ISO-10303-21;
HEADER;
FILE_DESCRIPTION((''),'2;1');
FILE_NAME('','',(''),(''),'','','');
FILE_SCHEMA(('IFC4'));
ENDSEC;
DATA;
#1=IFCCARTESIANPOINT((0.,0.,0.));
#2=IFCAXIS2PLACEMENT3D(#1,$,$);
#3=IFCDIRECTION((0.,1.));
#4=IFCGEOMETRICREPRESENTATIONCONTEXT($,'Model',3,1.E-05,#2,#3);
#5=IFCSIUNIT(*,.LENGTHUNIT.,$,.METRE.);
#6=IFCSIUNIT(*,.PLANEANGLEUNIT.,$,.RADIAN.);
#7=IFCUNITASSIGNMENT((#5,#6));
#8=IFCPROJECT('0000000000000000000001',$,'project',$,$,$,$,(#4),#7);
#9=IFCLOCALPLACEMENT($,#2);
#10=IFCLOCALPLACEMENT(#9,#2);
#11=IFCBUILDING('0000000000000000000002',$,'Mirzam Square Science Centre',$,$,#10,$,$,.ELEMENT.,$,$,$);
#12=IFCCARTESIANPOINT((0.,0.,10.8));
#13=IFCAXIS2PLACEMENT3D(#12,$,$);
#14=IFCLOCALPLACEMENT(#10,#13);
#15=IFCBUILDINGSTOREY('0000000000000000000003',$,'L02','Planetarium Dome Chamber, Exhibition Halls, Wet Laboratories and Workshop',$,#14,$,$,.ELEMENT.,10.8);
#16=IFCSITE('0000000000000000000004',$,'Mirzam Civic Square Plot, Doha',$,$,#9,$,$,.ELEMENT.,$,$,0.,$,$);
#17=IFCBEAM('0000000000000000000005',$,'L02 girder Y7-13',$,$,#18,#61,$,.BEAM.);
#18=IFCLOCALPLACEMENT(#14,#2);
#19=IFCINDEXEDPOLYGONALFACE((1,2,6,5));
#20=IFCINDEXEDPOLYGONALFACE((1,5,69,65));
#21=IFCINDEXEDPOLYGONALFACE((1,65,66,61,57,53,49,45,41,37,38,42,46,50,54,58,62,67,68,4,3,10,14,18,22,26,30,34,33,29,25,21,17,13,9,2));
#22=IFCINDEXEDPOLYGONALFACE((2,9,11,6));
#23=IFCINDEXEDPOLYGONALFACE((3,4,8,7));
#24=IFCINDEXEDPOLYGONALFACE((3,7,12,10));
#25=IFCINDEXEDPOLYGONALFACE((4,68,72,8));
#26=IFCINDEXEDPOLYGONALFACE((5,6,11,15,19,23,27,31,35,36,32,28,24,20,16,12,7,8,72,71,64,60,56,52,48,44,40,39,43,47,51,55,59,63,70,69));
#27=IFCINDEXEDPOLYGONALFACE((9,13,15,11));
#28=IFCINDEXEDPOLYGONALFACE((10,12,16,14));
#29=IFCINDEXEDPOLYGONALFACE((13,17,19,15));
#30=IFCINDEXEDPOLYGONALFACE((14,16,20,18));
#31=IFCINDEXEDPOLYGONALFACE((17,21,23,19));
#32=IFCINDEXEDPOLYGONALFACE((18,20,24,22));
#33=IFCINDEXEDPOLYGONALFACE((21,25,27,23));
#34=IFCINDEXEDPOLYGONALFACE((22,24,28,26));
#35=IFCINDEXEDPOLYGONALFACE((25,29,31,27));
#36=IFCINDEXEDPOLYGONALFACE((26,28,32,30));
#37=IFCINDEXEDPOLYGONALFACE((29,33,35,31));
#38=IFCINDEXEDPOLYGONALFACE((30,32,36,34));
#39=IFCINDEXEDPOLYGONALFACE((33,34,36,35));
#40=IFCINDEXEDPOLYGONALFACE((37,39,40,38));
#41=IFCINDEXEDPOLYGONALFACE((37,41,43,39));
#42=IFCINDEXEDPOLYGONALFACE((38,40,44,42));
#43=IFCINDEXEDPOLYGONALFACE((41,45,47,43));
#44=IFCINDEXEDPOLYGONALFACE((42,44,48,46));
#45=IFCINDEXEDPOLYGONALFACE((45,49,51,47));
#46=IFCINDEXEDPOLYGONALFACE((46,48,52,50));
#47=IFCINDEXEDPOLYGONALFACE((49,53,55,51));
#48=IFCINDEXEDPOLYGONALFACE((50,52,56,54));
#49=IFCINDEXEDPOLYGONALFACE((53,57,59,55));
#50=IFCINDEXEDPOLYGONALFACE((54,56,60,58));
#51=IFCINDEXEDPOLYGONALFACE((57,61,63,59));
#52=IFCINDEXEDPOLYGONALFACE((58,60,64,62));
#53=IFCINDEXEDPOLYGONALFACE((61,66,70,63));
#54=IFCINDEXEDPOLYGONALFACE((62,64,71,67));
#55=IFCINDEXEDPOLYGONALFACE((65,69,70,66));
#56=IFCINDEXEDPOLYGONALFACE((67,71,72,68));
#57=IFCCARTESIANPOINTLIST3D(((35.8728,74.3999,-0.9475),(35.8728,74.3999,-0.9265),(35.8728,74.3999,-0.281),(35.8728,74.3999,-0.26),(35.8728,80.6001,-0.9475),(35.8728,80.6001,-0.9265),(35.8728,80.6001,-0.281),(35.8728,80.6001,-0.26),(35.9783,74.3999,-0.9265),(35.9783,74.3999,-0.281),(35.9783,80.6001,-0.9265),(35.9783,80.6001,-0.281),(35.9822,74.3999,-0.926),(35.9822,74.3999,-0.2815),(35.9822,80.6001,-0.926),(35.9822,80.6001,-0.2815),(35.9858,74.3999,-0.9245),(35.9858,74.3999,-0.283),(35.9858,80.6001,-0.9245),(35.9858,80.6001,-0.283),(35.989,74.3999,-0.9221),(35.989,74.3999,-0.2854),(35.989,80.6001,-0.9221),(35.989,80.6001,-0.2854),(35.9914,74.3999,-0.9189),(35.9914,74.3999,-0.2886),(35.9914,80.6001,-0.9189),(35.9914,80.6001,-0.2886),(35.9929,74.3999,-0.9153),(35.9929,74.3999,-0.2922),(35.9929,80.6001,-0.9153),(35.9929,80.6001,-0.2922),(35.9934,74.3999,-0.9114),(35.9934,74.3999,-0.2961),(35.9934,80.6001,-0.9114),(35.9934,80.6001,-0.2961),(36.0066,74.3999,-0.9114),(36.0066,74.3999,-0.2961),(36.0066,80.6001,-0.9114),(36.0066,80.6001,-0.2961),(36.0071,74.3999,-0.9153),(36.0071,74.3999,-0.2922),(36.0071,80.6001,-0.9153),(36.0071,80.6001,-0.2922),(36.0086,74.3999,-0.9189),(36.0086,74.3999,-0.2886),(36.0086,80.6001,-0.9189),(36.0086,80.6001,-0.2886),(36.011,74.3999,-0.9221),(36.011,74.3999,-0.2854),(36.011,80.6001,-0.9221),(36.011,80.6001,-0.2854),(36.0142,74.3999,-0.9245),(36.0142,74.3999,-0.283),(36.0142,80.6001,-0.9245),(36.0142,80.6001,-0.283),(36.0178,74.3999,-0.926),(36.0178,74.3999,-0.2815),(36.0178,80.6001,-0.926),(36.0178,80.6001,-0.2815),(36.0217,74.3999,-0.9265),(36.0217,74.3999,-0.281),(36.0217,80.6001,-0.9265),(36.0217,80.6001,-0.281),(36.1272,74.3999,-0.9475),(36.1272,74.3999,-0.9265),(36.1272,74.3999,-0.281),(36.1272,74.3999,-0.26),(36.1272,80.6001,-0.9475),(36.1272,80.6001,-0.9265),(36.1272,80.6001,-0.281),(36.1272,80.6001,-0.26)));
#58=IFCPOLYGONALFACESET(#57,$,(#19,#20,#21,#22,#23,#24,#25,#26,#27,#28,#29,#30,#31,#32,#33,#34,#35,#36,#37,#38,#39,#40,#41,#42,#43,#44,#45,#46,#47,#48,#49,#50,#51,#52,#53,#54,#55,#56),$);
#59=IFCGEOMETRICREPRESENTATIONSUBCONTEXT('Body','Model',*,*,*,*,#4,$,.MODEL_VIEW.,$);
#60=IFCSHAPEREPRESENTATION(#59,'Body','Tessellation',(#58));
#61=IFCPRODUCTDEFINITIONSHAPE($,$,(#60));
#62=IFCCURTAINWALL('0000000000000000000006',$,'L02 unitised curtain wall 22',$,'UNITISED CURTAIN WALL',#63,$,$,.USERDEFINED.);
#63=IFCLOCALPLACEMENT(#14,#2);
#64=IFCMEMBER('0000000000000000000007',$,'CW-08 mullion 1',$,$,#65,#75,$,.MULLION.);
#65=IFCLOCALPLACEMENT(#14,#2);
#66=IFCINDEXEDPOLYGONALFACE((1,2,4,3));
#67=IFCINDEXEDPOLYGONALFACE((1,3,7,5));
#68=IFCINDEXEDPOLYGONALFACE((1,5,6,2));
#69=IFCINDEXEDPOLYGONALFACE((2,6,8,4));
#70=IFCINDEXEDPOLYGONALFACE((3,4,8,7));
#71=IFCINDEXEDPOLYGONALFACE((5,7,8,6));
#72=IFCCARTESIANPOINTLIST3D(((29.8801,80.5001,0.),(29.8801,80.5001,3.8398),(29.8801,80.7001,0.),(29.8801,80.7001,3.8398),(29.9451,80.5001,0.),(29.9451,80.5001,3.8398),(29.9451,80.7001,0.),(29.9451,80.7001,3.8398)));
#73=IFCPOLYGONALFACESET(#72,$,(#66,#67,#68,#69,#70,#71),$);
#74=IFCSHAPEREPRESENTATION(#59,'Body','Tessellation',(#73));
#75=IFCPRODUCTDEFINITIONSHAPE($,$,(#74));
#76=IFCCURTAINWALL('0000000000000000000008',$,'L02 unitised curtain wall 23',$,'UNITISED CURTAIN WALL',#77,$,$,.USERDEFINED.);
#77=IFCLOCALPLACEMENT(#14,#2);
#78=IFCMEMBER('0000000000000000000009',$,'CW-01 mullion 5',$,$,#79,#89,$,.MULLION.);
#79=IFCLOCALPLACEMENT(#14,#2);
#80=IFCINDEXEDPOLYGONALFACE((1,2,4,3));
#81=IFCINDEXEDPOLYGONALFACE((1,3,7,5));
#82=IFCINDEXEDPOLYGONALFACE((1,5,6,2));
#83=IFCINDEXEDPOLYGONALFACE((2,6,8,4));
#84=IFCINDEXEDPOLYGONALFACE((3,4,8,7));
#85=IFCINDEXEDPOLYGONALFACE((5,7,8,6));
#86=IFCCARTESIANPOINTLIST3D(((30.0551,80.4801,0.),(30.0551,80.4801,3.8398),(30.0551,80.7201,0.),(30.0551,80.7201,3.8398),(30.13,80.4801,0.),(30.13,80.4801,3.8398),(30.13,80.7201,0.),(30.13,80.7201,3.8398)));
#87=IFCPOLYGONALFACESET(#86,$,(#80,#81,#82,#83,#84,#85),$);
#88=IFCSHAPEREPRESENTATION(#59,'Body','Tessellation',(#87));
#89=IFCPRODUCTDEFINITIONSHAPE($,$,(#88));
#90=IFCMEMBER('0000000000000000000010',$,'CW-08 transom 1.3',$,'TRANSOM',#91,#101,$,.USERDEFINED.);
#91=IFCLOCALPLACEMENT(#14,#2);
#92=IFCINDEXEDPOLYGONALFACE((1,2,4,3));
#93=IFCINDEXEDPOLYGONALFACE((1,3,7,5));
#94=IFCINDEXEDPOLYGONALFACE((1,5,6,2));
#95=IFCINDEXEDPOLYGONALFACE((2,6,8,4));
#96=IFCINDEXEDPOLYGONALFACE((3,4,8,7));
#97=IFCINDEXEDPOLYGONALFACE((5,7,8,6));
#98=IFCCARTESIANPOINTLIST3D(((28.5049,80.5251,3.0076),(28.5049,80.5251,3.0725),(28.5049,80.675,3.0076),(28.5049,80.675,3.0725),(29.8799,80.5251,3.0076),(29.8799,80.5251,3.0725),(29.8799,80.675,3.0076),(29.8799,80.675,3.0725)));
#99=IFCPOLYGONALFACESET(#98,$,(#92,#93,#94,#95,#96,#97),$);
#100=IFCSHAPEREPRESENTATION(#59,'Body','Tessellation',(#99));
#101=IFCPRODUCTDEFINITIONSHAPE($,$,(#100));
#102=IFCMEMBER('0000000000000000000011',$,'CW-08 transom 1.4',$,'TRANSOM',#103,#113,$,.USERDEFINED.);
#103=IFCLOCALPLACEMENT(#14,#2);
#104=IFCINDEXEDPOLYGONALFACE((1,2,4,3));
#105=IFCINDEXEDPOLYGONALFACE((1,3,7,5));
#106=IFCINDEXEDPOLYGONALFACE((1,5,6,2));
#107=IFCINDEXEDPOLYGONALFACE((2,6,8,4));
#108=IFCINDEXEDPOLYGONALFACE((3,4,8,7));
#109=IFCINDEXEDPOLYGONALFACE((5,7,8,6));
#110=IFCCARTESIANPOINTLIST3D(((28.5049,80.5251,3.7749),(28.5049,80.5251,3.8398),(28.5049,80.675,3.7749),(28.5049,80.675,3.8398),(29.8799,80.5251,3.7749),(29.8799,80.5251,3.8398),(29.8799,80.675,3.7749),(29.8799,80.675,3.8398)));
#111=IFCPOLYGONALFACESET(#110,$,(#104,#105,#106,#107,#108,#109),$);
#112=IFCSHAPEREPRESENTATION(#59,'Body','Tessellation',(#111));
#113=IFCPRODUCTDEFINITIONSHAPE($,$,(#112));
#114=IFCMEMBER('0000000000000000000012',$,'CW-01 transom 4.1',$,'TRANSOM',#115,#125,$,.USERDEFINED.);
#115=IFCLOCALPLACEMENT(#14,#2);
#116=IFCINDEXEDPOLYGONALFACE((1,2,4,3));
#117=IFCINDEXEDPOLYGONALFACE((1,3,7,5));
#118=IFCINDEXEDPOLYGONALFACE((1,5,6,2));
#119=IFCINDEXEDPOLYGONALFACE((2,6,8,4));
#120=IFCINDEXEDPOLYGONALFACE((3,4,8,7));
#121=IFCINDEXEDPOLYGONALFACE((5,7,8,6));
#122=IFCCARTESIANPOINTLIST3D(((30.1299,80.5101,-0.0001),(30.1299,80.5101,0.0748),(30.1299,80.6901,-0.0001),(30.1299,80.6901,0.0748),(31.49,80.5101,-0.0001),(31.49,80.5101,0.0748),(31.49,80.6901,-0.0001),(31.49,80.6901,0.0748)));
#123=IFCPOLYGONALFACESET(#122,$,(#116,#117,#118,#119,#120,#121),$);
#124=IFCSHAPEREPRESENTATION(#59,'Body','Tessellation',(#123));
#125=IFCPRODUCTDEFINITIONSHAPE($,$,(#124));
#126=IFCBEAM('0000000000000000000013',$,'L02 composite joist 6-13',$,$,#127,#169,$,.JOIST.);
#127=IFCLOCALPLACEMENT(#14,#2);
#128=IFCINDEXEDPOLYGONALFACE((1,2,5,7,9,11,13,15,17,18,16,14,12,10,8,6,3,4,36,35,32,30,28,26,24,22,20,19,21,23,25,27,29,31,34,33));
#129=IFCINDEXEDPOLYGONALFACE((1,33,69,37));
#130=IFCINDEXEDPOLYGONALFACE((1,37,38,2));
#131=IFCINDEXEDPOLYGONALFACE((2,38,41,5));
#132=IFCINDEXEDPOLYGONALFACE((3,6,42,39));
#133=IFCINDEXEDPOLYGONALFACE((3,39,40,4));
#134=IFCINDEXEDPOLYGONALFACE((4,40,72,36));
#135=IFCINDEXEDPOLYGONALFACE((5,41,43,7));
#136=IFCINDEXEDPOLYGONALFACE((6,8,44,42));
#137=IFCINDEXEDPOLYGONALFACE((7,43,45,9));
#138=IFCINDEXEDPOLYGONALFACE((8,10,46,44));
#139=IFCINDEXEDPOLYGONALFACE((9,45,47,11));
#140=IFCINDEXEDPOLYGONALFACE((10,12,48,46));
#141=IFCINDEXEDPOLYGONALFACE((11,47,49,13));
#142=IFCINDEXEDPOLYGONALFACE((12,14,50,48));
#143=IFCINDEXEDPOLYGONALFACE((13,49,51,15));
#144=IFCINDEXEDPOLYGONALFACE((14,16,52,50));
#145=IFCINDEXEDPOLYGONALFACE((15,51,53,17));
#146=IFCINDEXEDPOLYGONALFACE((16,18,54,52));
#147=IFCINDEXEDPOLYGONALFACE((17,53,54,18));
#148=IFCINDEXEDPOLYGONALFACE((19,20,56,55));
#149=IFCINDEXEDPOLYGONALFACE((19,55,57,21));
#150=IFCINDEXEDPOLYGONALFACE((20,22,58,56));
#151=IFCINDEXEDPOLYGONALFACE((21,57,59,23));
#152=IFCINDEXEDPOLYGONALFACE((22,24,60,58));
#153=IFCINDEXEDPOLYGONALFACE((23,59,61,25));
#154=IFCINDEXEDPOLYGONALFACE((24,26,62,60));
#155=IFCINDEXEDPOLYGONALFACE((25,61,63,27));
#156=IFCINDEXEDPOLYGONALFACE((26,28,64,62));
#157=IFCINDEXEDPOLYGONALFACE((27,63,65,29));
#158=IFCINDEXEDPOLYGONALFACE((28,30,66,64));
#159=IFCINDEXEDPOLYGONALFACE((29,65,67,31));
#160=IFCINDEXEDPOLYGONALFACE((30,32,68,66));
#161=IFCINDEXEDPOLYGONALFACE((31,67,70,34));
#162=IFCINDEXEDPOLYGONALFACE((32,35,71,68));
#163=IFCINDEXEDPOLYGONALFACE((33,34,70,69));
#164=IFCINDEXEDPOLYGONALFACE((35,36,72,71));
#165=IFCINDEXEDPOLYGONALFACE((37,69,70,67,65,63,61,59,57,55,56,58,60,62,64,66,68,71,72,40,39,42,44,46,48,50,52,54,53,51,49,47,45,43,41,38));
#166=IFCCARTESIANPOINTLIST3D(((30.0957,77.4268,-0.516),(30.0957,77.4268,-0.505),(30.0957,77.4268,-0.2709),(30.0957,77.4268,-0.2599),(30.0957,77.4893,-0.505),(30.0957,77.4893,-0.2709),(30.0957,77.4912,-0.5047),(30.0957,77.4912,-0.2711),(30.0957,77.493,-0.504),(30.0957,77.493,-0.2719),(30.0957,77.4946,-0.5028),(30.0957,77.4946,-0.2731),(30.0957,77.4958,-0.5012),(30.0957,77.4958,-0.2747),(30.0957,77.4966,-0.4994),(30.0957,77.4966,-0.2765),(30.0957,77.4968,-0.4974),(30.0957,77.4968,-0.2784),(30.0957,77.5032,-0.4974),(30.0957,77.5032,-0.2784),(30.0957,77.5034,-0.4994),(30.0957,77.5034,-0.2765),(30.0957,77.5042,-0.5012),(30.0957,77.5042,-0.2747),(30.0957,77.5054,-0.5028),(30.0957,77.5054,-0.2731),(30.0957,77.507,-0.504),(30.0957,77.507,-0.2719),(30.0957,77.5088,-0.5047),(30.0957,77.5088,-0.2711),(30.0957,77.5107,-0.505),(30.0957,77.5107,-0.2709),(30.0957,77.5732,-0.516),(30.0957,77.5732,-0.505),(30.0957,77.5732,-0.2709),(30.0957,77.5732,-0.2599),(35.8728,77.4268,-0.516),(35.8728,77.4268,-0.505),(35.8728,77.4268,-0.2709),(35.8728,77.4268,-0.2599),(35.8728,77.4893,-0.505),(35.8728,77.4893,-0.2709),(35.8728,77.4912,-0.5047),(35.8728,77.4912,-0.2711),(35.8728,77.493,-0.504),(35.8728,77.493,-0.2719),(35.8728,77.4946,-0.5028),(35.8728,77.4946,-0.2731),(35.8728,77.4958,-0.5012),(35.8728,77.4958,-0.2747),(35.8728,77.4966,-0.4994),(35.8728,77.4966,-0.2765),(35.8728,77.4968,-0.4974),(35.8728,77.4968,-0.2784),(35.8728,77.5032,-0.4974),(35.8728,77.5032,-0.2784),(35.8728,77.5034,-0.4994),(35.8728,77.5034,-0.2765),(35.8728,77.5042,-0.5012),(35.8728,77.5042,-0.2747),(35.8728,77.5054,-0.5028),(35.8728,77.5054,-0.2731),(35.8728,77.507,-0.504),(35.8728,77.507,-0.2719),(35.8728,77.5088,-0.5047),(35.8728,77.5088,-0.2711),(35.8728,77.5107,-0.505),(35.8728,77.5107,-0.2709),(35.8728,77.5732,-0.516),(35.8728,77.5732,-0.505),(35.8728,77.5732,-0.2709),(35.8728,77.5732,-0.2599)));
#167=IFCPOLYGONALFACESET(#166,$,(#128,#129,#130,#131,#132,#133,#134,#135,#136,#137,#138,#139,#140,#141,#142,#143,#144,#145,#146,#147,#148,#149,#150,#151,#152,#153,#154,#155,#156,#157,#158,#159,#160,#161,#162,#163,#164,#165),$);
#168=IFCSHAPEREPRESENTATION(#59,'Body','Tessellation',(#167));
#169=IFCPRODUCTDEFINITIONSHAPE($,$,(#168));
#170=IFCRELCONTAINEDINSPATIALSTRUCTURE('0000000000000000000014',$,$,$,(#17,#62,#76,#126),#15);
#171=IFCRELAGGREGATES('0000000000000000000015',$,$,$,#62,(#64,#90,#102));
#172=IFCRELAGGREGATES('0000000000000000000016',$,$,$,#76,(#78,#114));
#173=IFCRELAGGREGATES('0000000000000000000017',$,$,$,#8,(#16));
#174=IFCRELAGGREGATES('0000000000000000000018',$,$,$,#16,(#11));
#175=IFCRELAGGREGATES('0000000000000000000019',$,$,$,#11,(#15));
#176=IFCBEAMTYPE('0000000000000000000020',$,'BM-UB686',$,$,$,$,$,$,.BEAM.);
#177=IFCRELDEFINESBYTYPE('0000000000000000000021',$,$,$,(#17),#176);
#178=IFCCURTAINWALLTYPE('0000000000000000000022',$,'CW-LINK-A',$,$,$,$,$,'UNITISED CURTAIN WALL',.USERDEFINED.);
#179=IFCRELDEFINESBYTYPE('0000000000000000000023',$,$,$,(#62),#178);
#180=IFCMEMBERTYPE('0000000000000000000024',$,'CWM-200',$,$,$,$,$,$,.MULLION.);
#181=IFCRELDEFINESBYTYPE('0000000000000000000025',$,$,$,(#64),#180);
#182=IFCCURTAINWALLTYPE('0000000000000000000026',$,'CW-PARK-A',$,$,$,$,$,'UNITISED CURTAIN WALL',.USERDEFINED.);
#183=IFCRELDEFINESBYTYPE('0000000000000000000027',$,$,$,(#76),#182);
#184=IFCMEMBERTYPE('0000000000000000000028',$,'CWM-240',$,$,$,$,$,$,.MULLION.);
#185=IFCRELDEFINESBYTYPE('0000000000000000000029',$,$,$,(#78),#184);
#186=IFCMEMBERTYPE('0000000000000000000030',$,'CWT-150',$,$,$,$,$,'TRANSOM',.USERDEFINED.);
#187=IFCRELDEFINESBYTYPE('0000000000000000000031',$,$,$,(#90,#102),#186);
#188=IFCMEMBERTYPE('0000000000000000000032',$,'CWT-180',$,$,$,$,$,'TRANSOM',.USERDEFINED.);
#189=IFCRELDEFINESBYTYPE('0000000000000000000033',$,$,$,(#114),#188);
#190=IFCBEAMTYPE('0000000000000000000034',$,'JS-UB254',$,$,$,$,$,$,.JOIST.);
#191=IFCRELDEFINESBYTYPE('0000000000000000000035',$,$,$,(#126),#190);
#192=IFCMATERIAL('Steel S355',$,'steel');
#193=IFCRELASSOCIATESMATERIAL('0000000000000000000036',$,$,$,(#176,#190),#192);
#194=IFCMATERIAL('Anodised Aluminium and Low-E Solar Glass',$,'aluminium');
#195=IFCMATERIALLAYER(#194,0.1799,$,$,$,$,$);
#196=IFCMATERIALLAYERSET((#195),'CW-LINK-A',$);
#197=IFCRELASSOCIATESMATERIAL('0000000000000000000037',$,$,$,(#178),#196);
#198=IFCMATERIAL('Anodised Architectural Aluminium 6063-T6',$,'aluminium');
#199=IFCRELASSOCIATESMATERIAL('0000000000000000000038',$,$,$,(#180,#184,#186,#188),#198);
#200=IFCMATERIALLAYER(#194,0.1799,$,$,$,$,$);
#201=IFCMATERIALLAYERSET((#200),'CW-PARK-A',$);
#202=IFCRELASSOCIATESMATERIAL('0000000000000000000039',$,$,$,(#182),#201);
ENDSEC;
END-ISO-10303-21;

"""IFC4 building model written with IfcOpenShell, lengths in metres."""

from ifc_helpers import new_model, si_unit, direction, frame, origin, origin_2d, place, context, subcontext, project, spatial, rectangle, i_section, extrude, material, layer, layer_set, material_profile, profile_set, type_object, element, aggregate, save


model = new_model("IFC4")

# Units and contexts
model_context = context("Model", 3, precision=1e-05, world=origin(), true_north=direction((0.0, 1.0)))
body_context = subcontext(model_context, "Body", "Model", "MODEL_VIEW")
ifc_project = project(units=[si_unit("LENGTHUNIT", "METRE"), si_unit("PLANEANGLEUNIT", "RADIAN")], contexts=[model_context])

# Site, building, storey
site_placement = place(None, origin())
site = spatial("IfcSite", under=ifc_project, at=site_placement, Name="Mirzam Civic Square Plot, Doha", CompositionType="ELEMENT", RefElevation=0.0)
building_placement = place(site_placement, origin())
building = spatial("IfcBuilding", under=site, at=building_placement, Name="Mirzam Square Science Centre", CompositionType="ELEMENT")
storey_placement = place(building_placement, frame((0.0, 0.0, 10.8)))
storey = spatial("IfcBuildingStorey", under=building, at=storey_placement, Name="L02", Description="Planetarium Dome Chamber, Exhibition Halls, Wet Laboratories and Workshop", CompositionType="ELEMENT", Elevation=10.8)

# Shared definitions
ifc_material_1 = material(Name="Steel S355", Category="steel")

# Beam
ifc_material_profile_1 = material_profile(ifc_material_1, i_section(OverallWidth=0.2544, OverallDepth=0.6875, WebThickness=0.0132, FlangeThickness=0.021, FilletRadius=0.0151, at=origin_2d()), Name="686x254x152UB")
ifc_profile_set_1 = profile_set([ifc_material_profile_1], Name="Steel S355")
beam_type_1 = type_object("IfcBeamType", Name="BM-UB686", PredefinedType="BEAM", material=ifc_profile_set_1)
beam_1_placement = place(storey_placement, frame((36.0, 74.3999, -0.6038), z_axis=(0.0, 1.0, 0.0), x_axis=(-1.0, 0.0, 0.0)))
element("IfcBeam", 1, at=beam_1_placement, inside=storey, type_object=beam_type_1, Name="L02 girder Y7-13", PredefinedType="BEAM", context=body_context, shape_type="SweptSolid", body=[
    extrude(i_section(OverallWidth=0.2544, OverallDepth=0.6875, WebThickness=0.0132, FlangeThickness=0.021, FilletRadius=0.0151, at=origin_2d()), origin(), (0.0, 0.0, 1.0), 6.2002),
])

# Curtain walls, members
ifc_material_2 = material(Name="Anodised Aluminium and Low-E Solar Glass", Category="aluminium")
ifc_layer_1 = layer(ifc_material_2, 0.1799)
ifc_layer_set_1 = layer_set([ifc_layer_1], Name="CW-LINK-A")
curtain_wall_type_1 = type_object("IfcCurtainWallType", Name="CW-LINK-A", ElementType="UNITISED CURTAIN WALL", PredefinedType="USERDEFINED", material=ifc_layer_set_1)
curtain_wall_1_placement = place(storey_placement, origin())
curtain_wall_1 = element("IfcCurtainWall", 2, at=curtain_wall_1_placement, inside=storey, type_object=curtain_wall_type_1, Name="L02 unitised curtain wall 22", ObjectType="UNITISED CURTAIN WALL", PredefinedType="USERDEFINED")
ifc_material_3 = material(Name="Anodised Architectural Aluminium 6063-T6", Category="aluminium")
ifc_material_profile_2 = material_profile(ifc_material_3, rectangle(XDim=0.0649, YDim=0.2, at=origin_2d()), Name="ALU-MULL-200x65x5")
ifc_profile_set_2 = profile_set([ifc_material_profile_2], Name="Anodised Architectural Aluminium 6063-T6")
member_type_1 = type_object("IfcMemberType", Name="CWM-200", PredefinedType="MULLION", material=ifc_profile_set_2)
member_1_placement = place(storey_placement, frame((29.9126, 80.6001, 0.0), z_axis=(0.0, 0.0, 1.0), x_axis=(-1.0, 0.0, 0.0)))
member_1 = element("IfcMember", 3, at=member_1_placement, type_object=member_type_1, Name="CW-08 mullion 1", PredefinedType="MULLION", context=body_context, shape_type="SweptSolid", body=[
    extrude(rectangle(XDim=0.0649, YDim=0.2, at=origin_2d()), origin(), (0.0, 0.0, 1.0), 3.8398),
])
ifc_layer_2 = layer(ifc_material_2, 0.1799)
ifc_layer_set_2 = layer_set([ifc_layer_2], Name="CW-PARK-A")
curtain_wall_type_2 = type_object("IfcCurtainWallType", Name="CW-PARK-A", ElementType="UNITISED CURTAIN WALL", PredefinedType="USERDEFINED", material=ifc_layer_set_2)
curtain_wall_2_placement = place(storey_placement, origin())
curtain_wall_2 = element("IfcCurtainWall", 4, at=curtain_wall_2_placement, inside=storey, type_object=curtain_wall_type_2, Name="L02 unitised curtain wall 23", ObjectType="UNITISED CURTAIN WALL", PredefinedType="USERDEFINED")
ifc_material_profile_3 = material_profile(ifc_material_3, rectangle(XDim=0.075, YDim=0.24, at=origin_2d()), Name="ALU-MULL-240x75x5")
ifc_profile_set_3 = profile_set([ifc_material_profile_3], Name="Anodised Architectural Aluminium 6063-T6")
member_type_2 = type_object("IfcMemberType", Name="CWM-240", PredefinedType="MULLION", material=ifc_profile_set_3)
member_2_placement = place(storey_placement, frame((30.0925, 80.6001, 0.0), z_axis=(0.0, 0.0, 1.0), x_axis=(-1.0, 0.0, 0.0)))
member_2 = element("IfcMember", 5, at=member_2_placement, type_object=member_type_2, Name="CW-01 mullion 5", PredefinedType="MULLION", context=body_context, shape_type="SweptSolid", body=[
    extrude(rectangle(XDim=0.075, YDim=0.24, at=origin_2d()), origin(), (0.0, 0.0, 1.0), 3.8398),
])

# Members
ifc_material_profile_4 = material_profile(ifc_material_3, rectangle(XDim=0.1499, YDim=0.0649, at=origin_2d()), Name="ALU-TRAN-150x65x4")
ifc_profile_set_4 = profile_set([ifc_material_profile_4], Name="Anodised Architectural Aluminium 6063-T6")
member_type_3 = type_object("IfcMemberType", Name="CWT-150", ElementType="TRANSOM", PredefinedType="USERDEFINED", material=ifc_profile_set_4)
member_3_placement = place(storey_placement, frame((29.8799, 80.6001, 3.04), z_axis=(-1.0, 0.0, 0.0), x_axis=(0.0, -1.0, 0.0)))
member_3 = element("IfcMember", 6, at=member_3_placement, type_object=member_type_3, Name="CW-08 transom 1.3", ObjectType="TRANSOM", PredefinedType="USERDEFINED", context=body_context, shape_type="SweptSolid", body=[
    extrude(rectangle(XDim=0.1499, YDim=0.0649, at=origin_2d()), origin(), (0.0, 0.0, 1.0), 1.375),
])
member_4_placement = place(storey_placement, frame((29.8799, 80.6001, 3.8074), z_axis=(-1.0, 0.0, 0.0), x_axis=(0.0, -1.0, 0.0)))
member_4 = element("IfcMember", 7, at=member_4_placement, type_object=member_type_3, Name="CW-08 transom 1.4", ObjectType="TRANSOM", PredefinedType="USERDEFINED", context=body_context, shape_type="SweptSolid", body=[
    extrude(rectangle(XDim=0.1499, YDim=0.0649, at=origin_2d()), origin(), (0.0, 0.0, 1.0), 1.375),
])
aggregate(curtain_wall_1, [member_1, member_3, member_4])
ifc_material_profile_5 = material_profile(ifc_material_3, rectangle(XDim=0.1799, YDim=0.075, at=origin_2d()), Name="ALU-TRAN-180x75x5")
ifc_profile_set_5 = profile_set([ifc_material_profile_5], Name="Anodised Architectural Aluminium 6063-T6")
member_type_4 = type_object("IfcMemberType", Name="CWT-180", ElementType="TRANSOM", PredefinedType="USERDEFINED", material=ifc_profile_set_5)
member_5_placement = place(storey_placement, frame((31.49, 80.6001, 0.0374), z_axis=(-1.0, 0.0, 0.0), x_axis=(0.0, -1.0, 0.0)))
member_5 = element("IfcMember", 8, at=member_5_placement, type_object=member_type_4, Name="CW-01 transom 4.1", ObjectType="TRANSOM", PredefinedType="USERDEFINED", context=body_context, shape_type="SweptSolid", body=[
    extrude(rectangle(XDim=0.1799, YDim=0.075, at=origin_2d()), origin(), (0.0, 0.0, 1.0), 1.3601),
])

# Beam
ifc_material_profile_6 = material_profile(ifc_material_1, i_section(OverallWidth=0.1465, OverallDepth=0.2561, WebThickness=0.0063, FlangeThickness=0.011, FilletRadius=0.0076, at=origin_2d()), Name="254x146x37UB")
ifc_profile_set_6 = profile_set([ifc_material_profile_6], Name="Steel S355")
beam_type_2 = type_object("IfcBeamType", Name="JS-UB254", PredefinedType="JOIST", material=ifc_profile_set_6)
for number, where, z_axis, x_axis, name in (
    (9, (30.0957, 77.5, -0.3879), (1.0, 0.0, 0.0), (0.0, 1.0, 0.0), "L02 composite joist 6-13"),
):
    element("IfcBeam", number, at=place(storey_placement, frame(where, z_axis=z_axis, x_axis=x_axis)), inside=storey, type_object=beam_type_2, Name=name, PredefinedType="JOIST", context=body_context, shape_type="SweptSolid", body=[
        extrude(i_section(OverallWidth=0.1465, OverallDepth=0.2561, WebThickness=0.0063, FlangeThickness=0.011, FilletRadius=0.0076, at=origin_2d()), origin(), (0.0, 0.0, 1.0), 5.7771),
    ])

aggregate(curtain_wall_2, [member_2, member_5])

save(model, "model.ifc")
